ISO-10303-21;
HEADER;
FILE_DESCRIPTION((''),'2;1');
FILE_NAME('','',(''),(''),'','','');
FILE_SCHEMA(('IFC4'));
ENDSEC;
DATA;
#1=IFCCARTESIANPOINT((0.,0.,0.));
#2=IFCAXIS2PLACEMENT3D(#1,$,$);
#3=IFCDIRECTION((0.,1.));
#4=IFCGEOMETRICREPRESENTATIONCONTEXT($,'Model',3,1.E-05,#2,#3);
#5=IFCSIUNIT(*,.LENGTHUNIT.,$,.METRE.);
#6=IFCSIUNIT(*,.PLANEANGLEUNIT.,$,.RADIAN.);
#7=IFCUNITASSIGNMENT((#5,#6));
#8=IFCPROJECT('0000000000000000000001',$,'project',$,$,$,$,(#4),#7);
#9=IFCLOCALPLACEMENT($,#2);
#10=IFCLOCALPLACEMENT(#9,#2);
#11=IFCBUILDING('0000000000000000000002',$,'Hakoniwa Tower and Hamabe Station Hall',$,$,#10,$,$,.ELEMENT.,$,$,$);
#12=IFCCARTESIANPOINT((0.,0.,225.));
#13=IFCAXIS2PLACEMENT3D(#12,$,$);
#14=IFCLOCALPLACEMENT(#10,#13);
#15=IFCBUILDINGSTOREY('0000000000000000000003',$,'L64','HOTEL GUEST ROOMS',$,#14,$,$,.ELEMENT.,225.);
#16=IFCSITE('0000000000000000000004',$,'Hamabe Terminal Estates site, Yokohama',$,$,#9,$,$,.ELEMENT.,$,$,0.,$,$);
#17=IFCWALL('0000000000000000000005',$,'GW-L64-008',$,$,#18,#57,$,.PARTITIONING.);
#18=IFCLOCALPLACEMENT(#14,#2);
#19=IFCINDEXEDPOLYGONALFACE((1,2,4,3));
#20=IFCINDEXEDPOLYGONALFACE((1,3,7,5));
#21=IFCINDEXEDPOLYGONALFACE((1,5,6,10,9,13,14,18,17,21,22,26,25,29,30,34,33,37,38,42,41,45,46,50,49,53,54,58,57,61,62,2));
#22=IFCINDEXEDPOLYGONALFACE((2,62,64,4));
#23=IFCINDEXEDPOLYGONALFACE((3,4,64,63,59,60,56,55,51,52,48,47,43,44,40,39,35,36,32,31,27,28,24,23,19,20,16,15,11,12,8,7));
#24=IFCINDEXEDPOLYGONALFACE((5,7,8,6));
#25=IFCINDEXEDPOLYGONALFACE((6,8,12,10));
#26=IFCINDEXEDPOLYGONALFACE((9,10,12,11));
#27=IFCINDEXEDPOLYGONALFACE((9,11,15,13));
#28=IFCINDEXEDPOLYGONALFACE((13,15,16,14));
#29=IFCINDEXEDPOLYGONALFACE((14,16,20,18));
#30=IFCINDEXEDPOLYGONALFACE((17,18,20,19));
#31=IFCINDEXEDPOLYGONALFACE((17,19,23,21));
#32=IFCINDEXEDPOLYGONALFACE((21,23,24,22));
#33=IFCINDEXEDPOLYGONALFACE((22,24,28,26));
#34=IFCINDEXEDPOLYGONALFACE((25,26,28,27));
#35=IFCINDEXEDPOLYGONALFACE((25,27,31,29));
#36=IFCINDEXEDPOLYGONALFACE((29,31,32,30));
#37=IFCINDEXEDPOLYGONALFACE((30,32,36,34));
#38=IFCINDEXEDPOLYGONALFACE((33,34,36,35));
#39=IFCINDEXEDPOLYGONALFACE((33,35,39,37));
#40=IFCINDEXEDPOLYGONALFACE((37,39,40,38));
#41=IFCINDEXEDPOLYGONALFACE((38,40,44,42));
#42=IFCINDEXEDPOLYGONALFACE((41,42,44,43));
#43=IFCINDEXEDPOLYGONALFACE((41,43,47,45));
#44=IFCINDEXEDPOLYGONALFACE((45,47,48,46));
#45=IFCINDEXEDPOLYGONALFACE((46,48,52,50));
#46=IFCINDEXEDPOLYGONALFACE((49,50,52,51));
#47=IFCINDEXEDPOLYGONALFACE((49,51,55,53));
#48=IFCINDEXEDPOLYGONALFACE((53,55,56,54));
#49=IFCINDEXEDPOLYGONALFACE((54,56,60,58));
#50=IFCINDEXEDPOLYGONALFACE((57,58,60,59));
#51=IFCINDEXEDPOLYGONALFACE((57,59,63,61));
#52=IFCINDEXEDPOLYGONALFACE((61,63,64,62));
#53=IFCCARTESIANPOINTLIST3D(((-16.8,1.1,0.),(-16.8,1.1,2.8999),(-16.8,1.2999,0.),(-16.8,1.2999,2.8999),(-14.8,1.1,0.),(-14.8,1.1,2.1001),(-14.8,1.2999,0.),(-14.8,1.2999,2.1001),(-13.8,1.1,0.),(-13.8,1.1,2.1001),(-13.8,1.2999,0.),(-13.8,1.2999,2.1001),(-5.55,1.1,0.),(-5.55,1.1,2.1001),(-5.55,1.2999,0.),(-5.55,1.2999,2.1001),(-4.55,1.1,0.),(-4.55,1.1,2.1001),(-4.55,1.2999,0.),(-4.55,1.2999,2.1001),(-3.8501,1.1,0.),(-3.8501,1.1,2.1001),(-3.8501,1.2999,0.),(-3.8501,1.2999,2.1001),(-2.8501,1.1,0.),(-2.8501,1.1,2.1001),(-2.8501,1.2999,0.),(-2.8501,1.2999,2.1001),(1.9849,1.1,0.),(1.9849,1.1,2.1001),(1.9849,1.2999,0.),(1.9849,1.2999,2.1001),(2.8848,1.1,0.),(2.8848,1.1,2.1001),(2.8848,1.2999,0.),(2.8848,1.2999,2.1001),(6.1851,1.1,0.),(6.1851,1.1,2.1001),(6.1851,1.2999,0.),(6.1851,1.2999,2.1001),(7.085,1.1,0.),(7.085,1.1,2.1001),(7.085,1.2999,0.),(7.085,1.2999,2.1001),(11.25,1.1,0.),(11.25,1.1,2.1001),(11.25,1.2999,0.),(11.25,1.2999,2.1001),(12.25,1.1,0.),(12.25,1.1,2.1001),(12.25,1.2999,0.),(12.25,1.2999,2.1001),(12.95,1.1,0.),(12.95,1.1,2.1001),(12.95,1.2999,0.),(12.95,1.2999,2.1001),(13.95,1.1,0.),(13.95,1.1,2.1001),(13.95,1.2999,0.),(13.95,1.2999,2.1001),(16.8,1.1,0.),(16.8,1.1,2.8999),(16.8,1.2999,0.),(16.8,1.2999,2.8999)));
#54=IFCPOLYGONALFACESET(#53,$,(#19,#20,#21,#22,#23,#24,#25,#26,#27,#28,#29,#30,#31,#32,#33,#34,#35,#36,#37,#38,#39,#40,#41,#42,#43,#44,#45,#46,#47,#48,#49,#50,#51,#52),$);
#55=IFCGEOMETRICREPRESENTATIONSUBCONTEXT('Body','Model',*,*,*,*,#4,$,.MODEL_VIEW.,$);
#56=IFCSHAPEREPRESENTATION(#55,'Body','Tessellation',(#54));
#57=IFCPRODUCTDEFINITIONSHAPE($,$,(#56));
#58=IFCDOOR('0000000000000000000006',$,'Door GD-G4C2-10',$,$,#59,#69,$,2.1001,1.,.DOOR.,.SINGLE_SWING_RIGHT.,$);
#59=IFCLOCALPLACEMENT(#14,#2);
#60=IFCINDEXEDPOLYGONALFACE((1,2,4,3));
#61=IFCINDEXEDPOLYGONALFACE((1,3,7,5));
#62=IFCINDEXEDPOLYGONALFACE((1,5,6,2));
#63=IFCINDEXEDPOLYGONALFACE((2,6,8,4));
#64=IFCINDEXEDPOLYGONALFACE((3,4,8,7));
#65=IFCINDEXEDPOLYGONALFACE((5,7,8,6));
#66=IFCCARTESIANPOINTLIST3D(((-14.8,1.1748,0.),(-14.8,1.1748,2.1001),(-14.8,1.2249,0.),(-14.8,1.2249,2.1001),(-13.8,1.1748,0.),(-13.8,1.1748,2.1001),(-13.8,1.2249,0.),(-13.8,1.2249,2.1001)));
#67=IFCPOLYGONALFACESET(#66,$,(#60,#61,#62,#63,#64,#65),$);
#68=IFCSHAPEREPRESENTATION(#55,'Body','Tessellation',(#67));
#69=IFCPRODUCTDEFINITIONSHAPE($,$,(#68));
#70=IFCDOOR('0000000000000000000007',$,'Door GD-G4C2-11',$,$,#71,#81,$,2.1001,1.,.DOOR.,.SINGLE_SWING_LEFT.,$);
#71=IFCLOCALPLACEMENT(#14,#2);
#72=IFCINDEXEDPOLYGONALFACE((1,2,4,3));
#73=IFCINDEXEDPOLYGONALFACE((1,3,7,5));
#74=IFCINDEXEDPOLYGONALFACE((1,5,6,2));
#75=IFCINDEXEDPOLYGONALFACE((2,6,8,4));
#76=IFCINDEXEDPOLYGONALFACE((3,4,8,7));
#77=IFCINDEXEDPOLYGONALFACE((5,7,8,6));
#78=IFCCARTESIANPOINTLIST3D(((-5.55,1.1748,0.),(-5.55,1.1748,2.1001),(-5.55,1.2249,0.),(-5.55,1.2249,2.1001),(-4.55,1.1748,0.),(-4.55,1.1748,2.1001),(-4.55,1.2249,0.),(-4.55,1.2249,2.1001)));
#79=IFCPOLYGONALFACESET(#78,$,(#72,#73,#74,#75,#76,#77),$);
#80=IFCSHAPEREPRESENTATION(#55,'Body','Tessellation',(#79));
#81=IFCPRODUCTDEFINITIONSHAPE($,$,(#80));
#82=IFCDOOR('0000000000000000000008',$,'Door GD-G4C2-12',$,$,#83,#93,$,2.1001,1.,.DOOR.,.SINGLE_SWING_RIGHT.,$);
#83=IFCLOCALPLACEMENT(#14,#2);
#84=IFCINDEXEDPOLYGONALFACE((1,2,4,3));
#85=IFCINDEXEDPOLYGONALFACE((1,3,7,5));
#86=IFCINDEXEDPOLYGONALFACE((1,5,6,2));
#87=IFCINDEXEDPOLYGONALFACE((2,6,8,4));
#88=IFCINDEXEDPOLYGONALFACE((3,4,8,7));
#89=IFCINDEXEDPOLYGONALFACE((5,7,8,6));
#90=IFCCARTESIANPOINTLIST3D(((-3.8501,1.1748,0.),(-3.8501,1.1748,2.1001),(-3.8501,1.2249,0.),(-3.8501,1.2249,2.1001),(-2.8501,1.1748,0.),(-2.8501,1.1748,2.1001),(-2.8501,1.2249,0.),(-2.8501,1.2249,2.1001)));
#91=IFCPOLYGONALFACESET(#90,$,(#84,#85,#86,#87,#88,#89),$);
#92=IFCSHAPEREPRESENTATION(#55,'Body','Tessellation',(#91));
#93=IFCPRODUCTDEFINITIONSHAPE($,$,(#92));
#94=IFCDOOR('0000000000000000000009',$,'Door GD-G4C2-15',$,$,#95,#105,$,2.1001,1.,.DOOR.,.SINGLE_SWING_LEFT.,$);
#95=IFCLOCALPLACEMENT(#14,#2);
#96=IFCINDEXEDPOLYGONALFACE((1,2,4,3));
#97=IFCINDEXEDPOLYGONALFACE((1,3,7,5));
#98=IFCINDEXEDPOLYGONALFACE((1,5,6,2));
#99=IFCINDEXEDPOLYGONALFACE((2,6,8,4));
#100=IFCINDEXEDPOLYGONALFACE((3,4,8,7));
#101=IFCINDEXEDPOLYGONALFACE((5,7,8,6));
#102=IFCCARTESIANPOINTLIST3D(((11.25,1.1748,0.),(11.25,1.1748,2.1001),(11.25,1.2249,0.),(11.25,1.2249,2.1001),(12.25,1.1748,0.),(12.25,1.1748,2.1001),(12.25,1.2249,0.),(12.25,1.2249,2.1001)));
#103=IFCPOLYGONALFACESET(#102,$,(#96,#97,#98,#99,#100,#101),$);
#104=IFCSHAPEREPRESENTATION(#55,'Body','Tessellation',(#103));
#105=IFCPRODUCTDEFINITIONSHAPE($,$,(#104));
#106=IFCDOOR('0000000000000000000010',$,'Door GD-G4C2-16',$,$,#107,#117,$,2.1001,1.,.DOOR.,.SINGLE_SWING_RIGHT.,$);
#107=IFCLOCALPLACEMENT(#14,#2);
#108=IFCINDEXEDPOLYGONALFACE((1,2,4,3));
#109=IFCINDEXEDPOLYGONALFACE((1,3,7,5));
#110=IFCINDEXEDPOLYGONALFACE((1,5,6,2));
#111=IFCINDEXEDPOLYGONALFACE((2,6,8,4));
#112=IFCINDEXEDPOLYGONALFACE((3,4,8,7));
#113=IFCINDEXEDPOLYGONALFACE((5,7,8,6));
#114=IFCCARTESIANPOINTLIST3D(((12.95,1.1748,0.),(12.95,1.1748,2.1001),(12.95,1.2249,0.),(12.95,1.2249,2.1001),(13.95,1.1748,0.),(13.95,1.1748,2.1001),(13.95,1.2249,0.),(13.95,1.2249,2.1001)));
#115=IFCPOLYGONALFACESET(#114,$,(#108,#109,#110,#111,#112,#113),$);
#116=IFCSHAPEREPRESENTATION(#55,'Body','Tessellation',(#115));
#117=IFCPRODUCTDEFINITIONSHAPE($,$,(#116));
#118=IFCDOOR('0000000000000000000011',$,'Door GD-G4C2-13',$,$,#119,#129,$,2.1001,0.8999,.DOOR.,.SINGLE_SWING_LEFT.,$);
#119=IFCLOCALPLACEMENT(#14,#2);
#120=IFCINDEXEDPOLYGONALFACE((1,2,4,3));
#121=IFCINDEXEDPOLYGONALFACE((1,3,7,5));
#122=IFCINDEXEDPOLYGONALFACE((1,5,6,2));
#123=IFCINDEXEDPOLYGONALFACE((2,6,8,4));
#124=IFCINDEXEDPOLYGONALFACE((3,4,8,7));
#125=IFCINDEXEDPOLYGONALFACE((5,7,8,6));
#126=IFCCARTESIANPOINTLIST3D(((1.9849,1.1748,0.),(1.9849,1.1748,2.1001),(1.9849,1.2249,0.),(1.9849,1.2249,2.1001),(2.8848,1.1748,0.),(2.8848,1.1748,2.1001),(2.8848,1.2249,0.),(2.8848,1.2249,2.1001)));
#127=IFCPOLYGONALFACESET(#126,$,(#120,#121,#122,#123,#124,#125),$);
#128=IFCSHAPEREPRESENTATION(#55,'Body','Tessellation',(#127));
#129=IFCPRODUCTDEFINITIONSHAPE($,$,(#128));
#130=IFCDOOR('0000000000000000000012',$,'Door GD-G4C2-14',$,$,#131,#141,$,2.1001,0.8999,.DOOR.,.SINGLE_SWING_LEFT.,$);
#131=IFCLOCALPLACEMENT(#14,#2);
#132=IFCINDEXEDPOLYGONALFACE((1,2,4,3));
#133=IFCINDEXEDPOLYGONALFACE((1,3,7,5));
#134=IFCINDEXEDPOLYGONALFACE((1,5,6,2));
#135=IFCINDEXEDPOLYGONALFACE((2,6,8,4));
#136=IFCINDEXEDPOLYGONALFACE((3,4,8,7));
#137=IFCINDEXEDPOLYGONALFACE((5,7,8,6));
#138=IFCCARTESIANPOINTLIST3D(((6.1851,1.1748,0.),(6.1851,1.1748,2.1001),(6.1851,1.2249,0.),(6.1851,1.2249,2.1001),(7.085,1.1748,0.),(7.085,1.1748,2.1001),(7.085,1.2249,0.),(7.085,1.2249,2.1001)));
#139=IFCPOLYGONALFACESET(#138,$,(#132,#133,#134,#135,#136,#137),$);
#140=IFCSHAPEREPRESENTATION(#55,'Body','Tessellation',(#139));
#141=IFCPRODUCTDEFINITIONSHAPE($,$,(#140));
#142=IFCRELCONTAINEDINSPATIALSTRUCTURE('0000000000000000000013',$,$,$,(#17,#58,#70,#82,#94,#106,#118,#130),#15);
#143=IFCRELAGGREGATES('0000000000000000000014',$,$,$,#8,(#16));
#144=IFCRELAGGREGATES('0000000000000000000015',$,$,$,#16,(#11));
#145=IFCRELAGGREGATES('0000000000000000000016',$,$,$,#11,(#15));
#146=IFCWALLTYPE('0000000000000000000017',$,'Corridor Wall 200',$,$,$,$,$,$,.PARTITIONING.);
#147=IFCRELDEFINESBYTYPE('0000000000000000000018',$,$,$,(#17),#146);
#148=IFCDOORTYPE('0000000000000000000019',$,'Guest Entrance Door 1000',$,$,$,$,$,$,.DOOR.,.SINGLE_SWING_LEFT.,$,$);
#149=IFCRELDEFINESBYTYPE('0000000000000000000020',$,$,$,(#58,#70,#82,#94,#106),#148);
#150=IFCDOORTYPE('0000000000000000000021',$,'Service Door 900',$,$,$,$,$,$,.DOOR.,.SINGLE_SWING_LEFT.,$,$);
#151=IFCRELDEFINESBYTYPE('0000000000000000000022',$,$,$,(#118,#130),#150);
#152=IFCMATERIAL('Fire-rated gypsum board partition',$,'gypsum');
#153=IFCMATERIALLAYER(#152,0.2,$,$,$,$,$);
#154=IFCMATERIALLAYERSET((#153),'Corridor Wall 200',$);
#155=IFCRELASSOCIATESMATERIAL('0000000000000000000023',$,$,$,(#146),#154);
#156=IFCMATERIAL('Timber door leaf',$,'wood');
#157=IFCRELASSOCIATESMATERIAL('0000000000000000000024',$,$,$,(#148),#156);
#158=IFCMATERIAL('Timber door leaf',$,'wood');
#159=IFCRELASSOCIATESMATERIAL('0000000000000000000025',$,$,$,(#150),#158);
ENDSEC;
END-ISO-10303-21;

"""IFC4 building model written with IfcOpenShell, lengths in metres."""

from ifc_helpers import new_model, si_unit, direction, frame, frame_2d, origin, place, context, subcontext, project, spatial, rectangle, extrude, material, layer, layer_set, type_object, element, fill, save


model = new_model("IFC4")

# Units and contexts
model_context = context("Model", 3, precision=1e-05, world=origin(), true_north=direction((0.0, 1.0)))
body_context = subcontext(model_context, "Body", "Model", "MODEL_VIEW")
ifc_project = project(units=[si_unit("LENGTHUNIT", "METRE"), si_unit("PLANEANGLEUNIT", "RADIAN")], contexts=[model_context])

# Site, building, storey
site_placement = place(None, origin())
site = spatial("IfcSite", under=ifc_project, at=site_placement, Name="Hamabe Terminal Estates site, Yokohama", CompositionType="ELEMENT", RefElevation=0.0)
building_placement = place(site_placement, origin())
building = spatial("IfcBuilding", under=site, at=building_placement, Name="Hakoniwa Tower and Hamabe Station Hall", CompositionType="ELEMENT")
storey_placement = place(building_placement, frame((0.0, 0.0, 225.0)))
storey = spatial("IfcBuildingStorey", under=building, at=storey_placement, Name="L64", Description="HOTEL GUEST ROOMS", CompositionType="ELEMENT", Elevation=225.0)

# Wall, openings, doors
ifc_material_1 = material(Name="Fire-rated gypsum board partition", Category="gypsum")
ifc_layer_1 = layer(ifc_material_1, 0.2)
ifc_layer_set_1 = layer_set([ifc_layer_1], Name="Corridor Wall 200")
wall_type_1 = type_object("IfcWallType", Name="Corridor Wall 200", PredefinedType="PARTITIONING", material=ifc_layer_set_1)
wall_1_placement = place(storey_placement, frame((-16.8, 1.2, 0.0), z_axis=(0.0, 0.0, 1.0), x_axis=(1.0, 0.0, 0.0)))
wall_1 = element("IfcWall", 1, at=wall_1_placement, inside=storey, type_object=wall_type_1, Name="GW-L64-008", PredefinedType="PARTITIONING", context=body_context, shape_type="SweptSolid", body=[
    extrude(rectangle(XDim=33.6001, YDim=0.2, at=frame_2d((16.8, 0.0))), origin(), (0.0, 0.0, 1.0), 2.8999),
])
opening_1_placement = place(wall_1_placement, frame((2.0, 0.0, 0.0)))
opening_1 = element("IfcOpeningElement", 2, at=opening_1_placement, cuts=wall_1, PredefinedType="OPENING", context=body_context, shape_type="SweptSolid", body=[
    extrude(rectangle(XDim=1.0, YDim=2.1001, at=frame_2d((0.5, 1.05))), frame((0.0, 0.1099, 0.0), z_axis=(0.0, -1.0, 0.0), x_axis=(1.0, 0.0, 0.0)), (0.0, 0.0, 1.0), 0.22),
])
opening_2_placement = place(wall_1_placement, frame((11.25, 0.0, 0.0)))
opening_2 = element("IfcOpeningElement", 3, at=opening_2_placement, cuts=wall_1, PredefinedType="OPENING", context=body_context, shape_type="SweptSolid", body=[
    extrude(rectangle(XDim=1.0, YDim=2.1001, at=frame_2d((0.5, 1.05))), frame((0.0, 0.1099, 0.0), z_axis=(0.0, -1.0, 0.0), x_axis=(1.0, 0.0, 0.0)), (0.0, 0.0, 1.0), 0.22),
])
opening_3_placement = place(wall_1_placement, frame((12.95, 0.0, 0.0)))
opening_3 = element("IfcOpeningElement", 4, at=opening_3_placement, cuts=wall_1, PredefinedType="OPENING", context=body_context, shape_type="SweptSolid", body=[
    extrude(rectangle(XDim=1.0, YDim=2.1001, at=frame_2d((0.5, 1.05))), frame((0.0, 0.1099, 0.0), z_axis=(0.0, -1.0, 0.0), x_axis=(1.0, 0.0, 0.0)), (0.0, 0.0, 1.0), 0.22),
])
opening_4_placement = place(wall_1_placement, frame((18.7849, 0.0, 0.0)))
opening_4 = element("IfcOpeningElement", 5, at=opening_4_placement, cuts=wall_1, PredefinedType="OPENING", context=body_context, shape_type="SweptSolid", body=[
    extrude(rectangle(XDim=0.8999, YDim=2.1001, at=frame_2d((0.45, 1.05))), frame((0.0, 0.1099, 0.0), z_axis=(0.0, -1.0, 0.0), x_axis=(1.0, 0.0, 0.0)), (0.0, 0.0, 1.0), 0.22),
])
opening_5_placement = place(wall_1_placement, frame((22.9851, 0.0, 0.0)))
opening_5 = element("IfcOpeningElement", 6, at=opening_5_placement, cuts=wall_1, PredefinedType="OPENING", context=body_context, shape_type="SweptSolid", body=[
    extrude(rectangle(XDim=0.8999, YDim=2.1001, at=frame_2d((0.45, 1.05))), frame((0.0, 0.1099, 0.0), z_axis=(0.0, -1.0, 0.0), x_axis=(1.0, 0.0, 0.0)), (0.0, 0.0, 1.0), 0.22),
])
opening_6_placement = place(wall_1_placement, frame((28.05, 0.0, 0.0)))
opening_6 = element("IfcOpeningElement", 7, at=opening_6_placement, cuts=wall_1, PredefinedType="OPENING", context=body_context, shape_type="SweptSolid", body=[
    extrude(rectangle(XDim=1.0, YDim=2.1001, at=frame_2d((0.5, 1.05))), frame((0.0, 0.1099, 0.0), z_axis=(0.0, -1.0, 0.0), x_axis=(1.0, 0.0, 0.0)), (0.0, 0.0, 1.0), 0.22),
])
opening_7_placement = place(wall_1_placement, frame((29.75, 0.0, 0.0)))
opening_7 = element("IfcOpeningElement", 8, at=opening_7_placement, cuts=wall_1, PredefinedType="OPENING", context=body_context, shape_type="SweptSolid", body=[
    extrude(rectangle(XDim=1.0, YDim=2.1001, at=frame_2d((0.5, 1.05))), frame((0.0, 0.1099, 0.0), z_axis=(0.0, -1.0, 0.0), x_axis=(1.0, 0.0, 0.0)), (0.0, 0.0, 1.0), 0.22),
])
ifc_material_2 = material(Name="Timber door leaf", Category="wood")
door_type_1 = type_object("IfcDoorType", Name="Guest Entrance Door 1000", OperationType="SINGLE_SWING_LEFT", PredefinedType="DOOR", material=ifc_material_2)
door_1_placement = place(opening_1_placement, origin())
door_1 = element("IfcDoor", 9, at=door_1_placement, inside=storey, type_object=door_type_1, Name="Door GD-G4C2-10", OperationType="SINGLE_SWING_RIGHT", OverallHeight=2.1001, OverallWidth=1.0, PredefinedType="DOOR", context=body_context, shape_type="SweptSolid", body=[
    extrude(rectangle(XDim=1.0, YDim=2.1001, at=frame_2d((0.5, 1.05))), frame((0.0, 0.0249, 0.0), z_axis=(0.0, -1.0, 0.0), x_axis=(1.0, 0.0, 0.0)), (0.0, 0.0, 1.0), 0.05),
])
fill(opening_1, door_1)
door_2_placement = place(opening_2_placement, origin())
door_2 = element("IfcDoor", 10, at=door_2_placement, inside=storey, type_object=door_type_1, Name="Door GD-G4C2-11", OperationType="SINGLE_SWING_LEFT", OverallHeight=2.1001, OverallWidth=1.0, PredefinedType="DOOR", context=body_context, shape_type="SweptSolid", body=[
    extrude(rectangle(XDim=1.0, YDim=2.1001, at=frame_2d((0.5, 1.05))), frame((0.0, 0.0249, 0.0), z_axis=(0.0, -1.0, 0.0), x_axis=(1.0, 0.0, 0.0)), (0.0, 0.0, 1.0), 0.05),
])
fill(opening_2, door_2)
door_3_placement = place(opening_3_placement, origin())
door_3 = element("IfcDoor", 11, at=door_3_placement, inside=storey, type_object=door_type_1, Name="Door GD-G4C2-12", OperationType="SINGLE_SWING_RIGHT", OverallHeight=2.1001, OverallWidth=1.0, PredefinedType="DOOR", context=body_context, shape_type="SweptSolid", body=[
    extrude(rectangle(XDim=1.0, YDim=2.1001, at=frame_2d((0.5, 1.05))), frame((0.0, 0.0249, 0.0), z_axis=(0.0, -1.0, 0.0), x_axis=(1.0, 0.0, 0.0)), (0.0, 0.0, 1.0), 0.05),
])
fill(opening_3, door_3)
door_4_placement = place(opening_6_placement, origin())
door_4 = element("IfcDoor", 12, at=door_4_placement, inside=storey, type_object=door_type_1, Name="Door GD-G4C2-15", OperationType="SINGLE_SWING_LEFT", OverallHeight=2.1001, OverallWidth=1.0, PredefinedType="DOOR", context=body_context, shape_type="SweptSolid", body=[
    extrude(rectangle(XDim=1.0, YDim=2.1001, at=frame_2d((0.5, 1.05))), frame((0.0, 0.0249, 0.0), z_axis=(0.0, -1.0, 0.0), x_axis=(1.0, 0.0, 0.0)), (0.0, 0.0, 1.0), 0.05),
])
fill(opening_6, door_4)
door_5_placement = place(opening_7_placement, origin())
door_5 = element("IfcDoor", 13, at=door_5_placement, inside=storey, type_object=door_type_1, Name="Door GD-G4C2-16", OperationType="SINGLE_SWING_RIGHT", OverallHeight=2.1001, OverallWidth=1.0, PredefinedType="DOOR", context=body_context, shape_type="SweptSolid", body=[
    extrude(rectangle(XDim=1.0, YDim=2.1001, at=frame_2d((0.5, 1.05))), frame((0.0, 0.0249, 0.0), z_axis=(0.0, -1.0, 0.0), x_axis=(1.0, 0.0, 0.0)), (0.0, 0.0, 1.0), 0.05),
])
fill(opening_7, door_5)
ifc_material_3 = material(Name="Timber door leaf", Category="wood")
door_type_2 = type_object("IfcDoorType", Name="Service Door 900", OperationType="SINGLE_SWING_LEFT", PredefinedType="DOOR", material=ifc_material_3)
door_6_placement = place(opening_4_placement, origin())
door_6 = element("IfcDoor", 14, at=door_6_placement, inside=storey, type_object=door_type_2, Name="Door GD-G4C2-13", OperationType="SINGLE_SWING_LEFT", OverallHeight=2.1001, OverallWidth=0.8999, PredefinedType="DOOR", context=body_context, shape_type="SweptSolid", body=[
    extrude(rectangle(XDim=0.8999, YDim=2.1001, at=frame_2d((0.45, 1.05))), frame((0.0, 0.0249, 0.0), z_axis=(0.0, -1.0, 0.0), x_axis=(1.0, 0.0, 0.0)), (0.0, 0.0, 1.0), 0.05),
])
fill(opening_4, door_6)
door_7_placement = place(opening_5_placement, origin())
door_7 = element("IfcDoor", 15, at=door_7_placement, inside=storey, type_object=door_type_2, Name="Door GD-G4C2-14", OperationType="SINGLE_SWING_LEFT", OverallHeight=2.1001, OverallWidth=0.8999, PredefinedType="DOOR", context=body_context, shape_type="SweptSolid", body=[
    extrude(rectangle(XDim=0.8999, YDim=2.1001, at=frame_2d((0.45, 1.05))), frame((0.0, 0.0249, 0.0), z_axis=(0.0, -1.0, 0.0), x_axis=(1.0, 0.0, 0.0)), (0.0, 0.0, 1.0), 0.05),
])
fill(opening_5, door_7)

save(model, "model.ifc")
